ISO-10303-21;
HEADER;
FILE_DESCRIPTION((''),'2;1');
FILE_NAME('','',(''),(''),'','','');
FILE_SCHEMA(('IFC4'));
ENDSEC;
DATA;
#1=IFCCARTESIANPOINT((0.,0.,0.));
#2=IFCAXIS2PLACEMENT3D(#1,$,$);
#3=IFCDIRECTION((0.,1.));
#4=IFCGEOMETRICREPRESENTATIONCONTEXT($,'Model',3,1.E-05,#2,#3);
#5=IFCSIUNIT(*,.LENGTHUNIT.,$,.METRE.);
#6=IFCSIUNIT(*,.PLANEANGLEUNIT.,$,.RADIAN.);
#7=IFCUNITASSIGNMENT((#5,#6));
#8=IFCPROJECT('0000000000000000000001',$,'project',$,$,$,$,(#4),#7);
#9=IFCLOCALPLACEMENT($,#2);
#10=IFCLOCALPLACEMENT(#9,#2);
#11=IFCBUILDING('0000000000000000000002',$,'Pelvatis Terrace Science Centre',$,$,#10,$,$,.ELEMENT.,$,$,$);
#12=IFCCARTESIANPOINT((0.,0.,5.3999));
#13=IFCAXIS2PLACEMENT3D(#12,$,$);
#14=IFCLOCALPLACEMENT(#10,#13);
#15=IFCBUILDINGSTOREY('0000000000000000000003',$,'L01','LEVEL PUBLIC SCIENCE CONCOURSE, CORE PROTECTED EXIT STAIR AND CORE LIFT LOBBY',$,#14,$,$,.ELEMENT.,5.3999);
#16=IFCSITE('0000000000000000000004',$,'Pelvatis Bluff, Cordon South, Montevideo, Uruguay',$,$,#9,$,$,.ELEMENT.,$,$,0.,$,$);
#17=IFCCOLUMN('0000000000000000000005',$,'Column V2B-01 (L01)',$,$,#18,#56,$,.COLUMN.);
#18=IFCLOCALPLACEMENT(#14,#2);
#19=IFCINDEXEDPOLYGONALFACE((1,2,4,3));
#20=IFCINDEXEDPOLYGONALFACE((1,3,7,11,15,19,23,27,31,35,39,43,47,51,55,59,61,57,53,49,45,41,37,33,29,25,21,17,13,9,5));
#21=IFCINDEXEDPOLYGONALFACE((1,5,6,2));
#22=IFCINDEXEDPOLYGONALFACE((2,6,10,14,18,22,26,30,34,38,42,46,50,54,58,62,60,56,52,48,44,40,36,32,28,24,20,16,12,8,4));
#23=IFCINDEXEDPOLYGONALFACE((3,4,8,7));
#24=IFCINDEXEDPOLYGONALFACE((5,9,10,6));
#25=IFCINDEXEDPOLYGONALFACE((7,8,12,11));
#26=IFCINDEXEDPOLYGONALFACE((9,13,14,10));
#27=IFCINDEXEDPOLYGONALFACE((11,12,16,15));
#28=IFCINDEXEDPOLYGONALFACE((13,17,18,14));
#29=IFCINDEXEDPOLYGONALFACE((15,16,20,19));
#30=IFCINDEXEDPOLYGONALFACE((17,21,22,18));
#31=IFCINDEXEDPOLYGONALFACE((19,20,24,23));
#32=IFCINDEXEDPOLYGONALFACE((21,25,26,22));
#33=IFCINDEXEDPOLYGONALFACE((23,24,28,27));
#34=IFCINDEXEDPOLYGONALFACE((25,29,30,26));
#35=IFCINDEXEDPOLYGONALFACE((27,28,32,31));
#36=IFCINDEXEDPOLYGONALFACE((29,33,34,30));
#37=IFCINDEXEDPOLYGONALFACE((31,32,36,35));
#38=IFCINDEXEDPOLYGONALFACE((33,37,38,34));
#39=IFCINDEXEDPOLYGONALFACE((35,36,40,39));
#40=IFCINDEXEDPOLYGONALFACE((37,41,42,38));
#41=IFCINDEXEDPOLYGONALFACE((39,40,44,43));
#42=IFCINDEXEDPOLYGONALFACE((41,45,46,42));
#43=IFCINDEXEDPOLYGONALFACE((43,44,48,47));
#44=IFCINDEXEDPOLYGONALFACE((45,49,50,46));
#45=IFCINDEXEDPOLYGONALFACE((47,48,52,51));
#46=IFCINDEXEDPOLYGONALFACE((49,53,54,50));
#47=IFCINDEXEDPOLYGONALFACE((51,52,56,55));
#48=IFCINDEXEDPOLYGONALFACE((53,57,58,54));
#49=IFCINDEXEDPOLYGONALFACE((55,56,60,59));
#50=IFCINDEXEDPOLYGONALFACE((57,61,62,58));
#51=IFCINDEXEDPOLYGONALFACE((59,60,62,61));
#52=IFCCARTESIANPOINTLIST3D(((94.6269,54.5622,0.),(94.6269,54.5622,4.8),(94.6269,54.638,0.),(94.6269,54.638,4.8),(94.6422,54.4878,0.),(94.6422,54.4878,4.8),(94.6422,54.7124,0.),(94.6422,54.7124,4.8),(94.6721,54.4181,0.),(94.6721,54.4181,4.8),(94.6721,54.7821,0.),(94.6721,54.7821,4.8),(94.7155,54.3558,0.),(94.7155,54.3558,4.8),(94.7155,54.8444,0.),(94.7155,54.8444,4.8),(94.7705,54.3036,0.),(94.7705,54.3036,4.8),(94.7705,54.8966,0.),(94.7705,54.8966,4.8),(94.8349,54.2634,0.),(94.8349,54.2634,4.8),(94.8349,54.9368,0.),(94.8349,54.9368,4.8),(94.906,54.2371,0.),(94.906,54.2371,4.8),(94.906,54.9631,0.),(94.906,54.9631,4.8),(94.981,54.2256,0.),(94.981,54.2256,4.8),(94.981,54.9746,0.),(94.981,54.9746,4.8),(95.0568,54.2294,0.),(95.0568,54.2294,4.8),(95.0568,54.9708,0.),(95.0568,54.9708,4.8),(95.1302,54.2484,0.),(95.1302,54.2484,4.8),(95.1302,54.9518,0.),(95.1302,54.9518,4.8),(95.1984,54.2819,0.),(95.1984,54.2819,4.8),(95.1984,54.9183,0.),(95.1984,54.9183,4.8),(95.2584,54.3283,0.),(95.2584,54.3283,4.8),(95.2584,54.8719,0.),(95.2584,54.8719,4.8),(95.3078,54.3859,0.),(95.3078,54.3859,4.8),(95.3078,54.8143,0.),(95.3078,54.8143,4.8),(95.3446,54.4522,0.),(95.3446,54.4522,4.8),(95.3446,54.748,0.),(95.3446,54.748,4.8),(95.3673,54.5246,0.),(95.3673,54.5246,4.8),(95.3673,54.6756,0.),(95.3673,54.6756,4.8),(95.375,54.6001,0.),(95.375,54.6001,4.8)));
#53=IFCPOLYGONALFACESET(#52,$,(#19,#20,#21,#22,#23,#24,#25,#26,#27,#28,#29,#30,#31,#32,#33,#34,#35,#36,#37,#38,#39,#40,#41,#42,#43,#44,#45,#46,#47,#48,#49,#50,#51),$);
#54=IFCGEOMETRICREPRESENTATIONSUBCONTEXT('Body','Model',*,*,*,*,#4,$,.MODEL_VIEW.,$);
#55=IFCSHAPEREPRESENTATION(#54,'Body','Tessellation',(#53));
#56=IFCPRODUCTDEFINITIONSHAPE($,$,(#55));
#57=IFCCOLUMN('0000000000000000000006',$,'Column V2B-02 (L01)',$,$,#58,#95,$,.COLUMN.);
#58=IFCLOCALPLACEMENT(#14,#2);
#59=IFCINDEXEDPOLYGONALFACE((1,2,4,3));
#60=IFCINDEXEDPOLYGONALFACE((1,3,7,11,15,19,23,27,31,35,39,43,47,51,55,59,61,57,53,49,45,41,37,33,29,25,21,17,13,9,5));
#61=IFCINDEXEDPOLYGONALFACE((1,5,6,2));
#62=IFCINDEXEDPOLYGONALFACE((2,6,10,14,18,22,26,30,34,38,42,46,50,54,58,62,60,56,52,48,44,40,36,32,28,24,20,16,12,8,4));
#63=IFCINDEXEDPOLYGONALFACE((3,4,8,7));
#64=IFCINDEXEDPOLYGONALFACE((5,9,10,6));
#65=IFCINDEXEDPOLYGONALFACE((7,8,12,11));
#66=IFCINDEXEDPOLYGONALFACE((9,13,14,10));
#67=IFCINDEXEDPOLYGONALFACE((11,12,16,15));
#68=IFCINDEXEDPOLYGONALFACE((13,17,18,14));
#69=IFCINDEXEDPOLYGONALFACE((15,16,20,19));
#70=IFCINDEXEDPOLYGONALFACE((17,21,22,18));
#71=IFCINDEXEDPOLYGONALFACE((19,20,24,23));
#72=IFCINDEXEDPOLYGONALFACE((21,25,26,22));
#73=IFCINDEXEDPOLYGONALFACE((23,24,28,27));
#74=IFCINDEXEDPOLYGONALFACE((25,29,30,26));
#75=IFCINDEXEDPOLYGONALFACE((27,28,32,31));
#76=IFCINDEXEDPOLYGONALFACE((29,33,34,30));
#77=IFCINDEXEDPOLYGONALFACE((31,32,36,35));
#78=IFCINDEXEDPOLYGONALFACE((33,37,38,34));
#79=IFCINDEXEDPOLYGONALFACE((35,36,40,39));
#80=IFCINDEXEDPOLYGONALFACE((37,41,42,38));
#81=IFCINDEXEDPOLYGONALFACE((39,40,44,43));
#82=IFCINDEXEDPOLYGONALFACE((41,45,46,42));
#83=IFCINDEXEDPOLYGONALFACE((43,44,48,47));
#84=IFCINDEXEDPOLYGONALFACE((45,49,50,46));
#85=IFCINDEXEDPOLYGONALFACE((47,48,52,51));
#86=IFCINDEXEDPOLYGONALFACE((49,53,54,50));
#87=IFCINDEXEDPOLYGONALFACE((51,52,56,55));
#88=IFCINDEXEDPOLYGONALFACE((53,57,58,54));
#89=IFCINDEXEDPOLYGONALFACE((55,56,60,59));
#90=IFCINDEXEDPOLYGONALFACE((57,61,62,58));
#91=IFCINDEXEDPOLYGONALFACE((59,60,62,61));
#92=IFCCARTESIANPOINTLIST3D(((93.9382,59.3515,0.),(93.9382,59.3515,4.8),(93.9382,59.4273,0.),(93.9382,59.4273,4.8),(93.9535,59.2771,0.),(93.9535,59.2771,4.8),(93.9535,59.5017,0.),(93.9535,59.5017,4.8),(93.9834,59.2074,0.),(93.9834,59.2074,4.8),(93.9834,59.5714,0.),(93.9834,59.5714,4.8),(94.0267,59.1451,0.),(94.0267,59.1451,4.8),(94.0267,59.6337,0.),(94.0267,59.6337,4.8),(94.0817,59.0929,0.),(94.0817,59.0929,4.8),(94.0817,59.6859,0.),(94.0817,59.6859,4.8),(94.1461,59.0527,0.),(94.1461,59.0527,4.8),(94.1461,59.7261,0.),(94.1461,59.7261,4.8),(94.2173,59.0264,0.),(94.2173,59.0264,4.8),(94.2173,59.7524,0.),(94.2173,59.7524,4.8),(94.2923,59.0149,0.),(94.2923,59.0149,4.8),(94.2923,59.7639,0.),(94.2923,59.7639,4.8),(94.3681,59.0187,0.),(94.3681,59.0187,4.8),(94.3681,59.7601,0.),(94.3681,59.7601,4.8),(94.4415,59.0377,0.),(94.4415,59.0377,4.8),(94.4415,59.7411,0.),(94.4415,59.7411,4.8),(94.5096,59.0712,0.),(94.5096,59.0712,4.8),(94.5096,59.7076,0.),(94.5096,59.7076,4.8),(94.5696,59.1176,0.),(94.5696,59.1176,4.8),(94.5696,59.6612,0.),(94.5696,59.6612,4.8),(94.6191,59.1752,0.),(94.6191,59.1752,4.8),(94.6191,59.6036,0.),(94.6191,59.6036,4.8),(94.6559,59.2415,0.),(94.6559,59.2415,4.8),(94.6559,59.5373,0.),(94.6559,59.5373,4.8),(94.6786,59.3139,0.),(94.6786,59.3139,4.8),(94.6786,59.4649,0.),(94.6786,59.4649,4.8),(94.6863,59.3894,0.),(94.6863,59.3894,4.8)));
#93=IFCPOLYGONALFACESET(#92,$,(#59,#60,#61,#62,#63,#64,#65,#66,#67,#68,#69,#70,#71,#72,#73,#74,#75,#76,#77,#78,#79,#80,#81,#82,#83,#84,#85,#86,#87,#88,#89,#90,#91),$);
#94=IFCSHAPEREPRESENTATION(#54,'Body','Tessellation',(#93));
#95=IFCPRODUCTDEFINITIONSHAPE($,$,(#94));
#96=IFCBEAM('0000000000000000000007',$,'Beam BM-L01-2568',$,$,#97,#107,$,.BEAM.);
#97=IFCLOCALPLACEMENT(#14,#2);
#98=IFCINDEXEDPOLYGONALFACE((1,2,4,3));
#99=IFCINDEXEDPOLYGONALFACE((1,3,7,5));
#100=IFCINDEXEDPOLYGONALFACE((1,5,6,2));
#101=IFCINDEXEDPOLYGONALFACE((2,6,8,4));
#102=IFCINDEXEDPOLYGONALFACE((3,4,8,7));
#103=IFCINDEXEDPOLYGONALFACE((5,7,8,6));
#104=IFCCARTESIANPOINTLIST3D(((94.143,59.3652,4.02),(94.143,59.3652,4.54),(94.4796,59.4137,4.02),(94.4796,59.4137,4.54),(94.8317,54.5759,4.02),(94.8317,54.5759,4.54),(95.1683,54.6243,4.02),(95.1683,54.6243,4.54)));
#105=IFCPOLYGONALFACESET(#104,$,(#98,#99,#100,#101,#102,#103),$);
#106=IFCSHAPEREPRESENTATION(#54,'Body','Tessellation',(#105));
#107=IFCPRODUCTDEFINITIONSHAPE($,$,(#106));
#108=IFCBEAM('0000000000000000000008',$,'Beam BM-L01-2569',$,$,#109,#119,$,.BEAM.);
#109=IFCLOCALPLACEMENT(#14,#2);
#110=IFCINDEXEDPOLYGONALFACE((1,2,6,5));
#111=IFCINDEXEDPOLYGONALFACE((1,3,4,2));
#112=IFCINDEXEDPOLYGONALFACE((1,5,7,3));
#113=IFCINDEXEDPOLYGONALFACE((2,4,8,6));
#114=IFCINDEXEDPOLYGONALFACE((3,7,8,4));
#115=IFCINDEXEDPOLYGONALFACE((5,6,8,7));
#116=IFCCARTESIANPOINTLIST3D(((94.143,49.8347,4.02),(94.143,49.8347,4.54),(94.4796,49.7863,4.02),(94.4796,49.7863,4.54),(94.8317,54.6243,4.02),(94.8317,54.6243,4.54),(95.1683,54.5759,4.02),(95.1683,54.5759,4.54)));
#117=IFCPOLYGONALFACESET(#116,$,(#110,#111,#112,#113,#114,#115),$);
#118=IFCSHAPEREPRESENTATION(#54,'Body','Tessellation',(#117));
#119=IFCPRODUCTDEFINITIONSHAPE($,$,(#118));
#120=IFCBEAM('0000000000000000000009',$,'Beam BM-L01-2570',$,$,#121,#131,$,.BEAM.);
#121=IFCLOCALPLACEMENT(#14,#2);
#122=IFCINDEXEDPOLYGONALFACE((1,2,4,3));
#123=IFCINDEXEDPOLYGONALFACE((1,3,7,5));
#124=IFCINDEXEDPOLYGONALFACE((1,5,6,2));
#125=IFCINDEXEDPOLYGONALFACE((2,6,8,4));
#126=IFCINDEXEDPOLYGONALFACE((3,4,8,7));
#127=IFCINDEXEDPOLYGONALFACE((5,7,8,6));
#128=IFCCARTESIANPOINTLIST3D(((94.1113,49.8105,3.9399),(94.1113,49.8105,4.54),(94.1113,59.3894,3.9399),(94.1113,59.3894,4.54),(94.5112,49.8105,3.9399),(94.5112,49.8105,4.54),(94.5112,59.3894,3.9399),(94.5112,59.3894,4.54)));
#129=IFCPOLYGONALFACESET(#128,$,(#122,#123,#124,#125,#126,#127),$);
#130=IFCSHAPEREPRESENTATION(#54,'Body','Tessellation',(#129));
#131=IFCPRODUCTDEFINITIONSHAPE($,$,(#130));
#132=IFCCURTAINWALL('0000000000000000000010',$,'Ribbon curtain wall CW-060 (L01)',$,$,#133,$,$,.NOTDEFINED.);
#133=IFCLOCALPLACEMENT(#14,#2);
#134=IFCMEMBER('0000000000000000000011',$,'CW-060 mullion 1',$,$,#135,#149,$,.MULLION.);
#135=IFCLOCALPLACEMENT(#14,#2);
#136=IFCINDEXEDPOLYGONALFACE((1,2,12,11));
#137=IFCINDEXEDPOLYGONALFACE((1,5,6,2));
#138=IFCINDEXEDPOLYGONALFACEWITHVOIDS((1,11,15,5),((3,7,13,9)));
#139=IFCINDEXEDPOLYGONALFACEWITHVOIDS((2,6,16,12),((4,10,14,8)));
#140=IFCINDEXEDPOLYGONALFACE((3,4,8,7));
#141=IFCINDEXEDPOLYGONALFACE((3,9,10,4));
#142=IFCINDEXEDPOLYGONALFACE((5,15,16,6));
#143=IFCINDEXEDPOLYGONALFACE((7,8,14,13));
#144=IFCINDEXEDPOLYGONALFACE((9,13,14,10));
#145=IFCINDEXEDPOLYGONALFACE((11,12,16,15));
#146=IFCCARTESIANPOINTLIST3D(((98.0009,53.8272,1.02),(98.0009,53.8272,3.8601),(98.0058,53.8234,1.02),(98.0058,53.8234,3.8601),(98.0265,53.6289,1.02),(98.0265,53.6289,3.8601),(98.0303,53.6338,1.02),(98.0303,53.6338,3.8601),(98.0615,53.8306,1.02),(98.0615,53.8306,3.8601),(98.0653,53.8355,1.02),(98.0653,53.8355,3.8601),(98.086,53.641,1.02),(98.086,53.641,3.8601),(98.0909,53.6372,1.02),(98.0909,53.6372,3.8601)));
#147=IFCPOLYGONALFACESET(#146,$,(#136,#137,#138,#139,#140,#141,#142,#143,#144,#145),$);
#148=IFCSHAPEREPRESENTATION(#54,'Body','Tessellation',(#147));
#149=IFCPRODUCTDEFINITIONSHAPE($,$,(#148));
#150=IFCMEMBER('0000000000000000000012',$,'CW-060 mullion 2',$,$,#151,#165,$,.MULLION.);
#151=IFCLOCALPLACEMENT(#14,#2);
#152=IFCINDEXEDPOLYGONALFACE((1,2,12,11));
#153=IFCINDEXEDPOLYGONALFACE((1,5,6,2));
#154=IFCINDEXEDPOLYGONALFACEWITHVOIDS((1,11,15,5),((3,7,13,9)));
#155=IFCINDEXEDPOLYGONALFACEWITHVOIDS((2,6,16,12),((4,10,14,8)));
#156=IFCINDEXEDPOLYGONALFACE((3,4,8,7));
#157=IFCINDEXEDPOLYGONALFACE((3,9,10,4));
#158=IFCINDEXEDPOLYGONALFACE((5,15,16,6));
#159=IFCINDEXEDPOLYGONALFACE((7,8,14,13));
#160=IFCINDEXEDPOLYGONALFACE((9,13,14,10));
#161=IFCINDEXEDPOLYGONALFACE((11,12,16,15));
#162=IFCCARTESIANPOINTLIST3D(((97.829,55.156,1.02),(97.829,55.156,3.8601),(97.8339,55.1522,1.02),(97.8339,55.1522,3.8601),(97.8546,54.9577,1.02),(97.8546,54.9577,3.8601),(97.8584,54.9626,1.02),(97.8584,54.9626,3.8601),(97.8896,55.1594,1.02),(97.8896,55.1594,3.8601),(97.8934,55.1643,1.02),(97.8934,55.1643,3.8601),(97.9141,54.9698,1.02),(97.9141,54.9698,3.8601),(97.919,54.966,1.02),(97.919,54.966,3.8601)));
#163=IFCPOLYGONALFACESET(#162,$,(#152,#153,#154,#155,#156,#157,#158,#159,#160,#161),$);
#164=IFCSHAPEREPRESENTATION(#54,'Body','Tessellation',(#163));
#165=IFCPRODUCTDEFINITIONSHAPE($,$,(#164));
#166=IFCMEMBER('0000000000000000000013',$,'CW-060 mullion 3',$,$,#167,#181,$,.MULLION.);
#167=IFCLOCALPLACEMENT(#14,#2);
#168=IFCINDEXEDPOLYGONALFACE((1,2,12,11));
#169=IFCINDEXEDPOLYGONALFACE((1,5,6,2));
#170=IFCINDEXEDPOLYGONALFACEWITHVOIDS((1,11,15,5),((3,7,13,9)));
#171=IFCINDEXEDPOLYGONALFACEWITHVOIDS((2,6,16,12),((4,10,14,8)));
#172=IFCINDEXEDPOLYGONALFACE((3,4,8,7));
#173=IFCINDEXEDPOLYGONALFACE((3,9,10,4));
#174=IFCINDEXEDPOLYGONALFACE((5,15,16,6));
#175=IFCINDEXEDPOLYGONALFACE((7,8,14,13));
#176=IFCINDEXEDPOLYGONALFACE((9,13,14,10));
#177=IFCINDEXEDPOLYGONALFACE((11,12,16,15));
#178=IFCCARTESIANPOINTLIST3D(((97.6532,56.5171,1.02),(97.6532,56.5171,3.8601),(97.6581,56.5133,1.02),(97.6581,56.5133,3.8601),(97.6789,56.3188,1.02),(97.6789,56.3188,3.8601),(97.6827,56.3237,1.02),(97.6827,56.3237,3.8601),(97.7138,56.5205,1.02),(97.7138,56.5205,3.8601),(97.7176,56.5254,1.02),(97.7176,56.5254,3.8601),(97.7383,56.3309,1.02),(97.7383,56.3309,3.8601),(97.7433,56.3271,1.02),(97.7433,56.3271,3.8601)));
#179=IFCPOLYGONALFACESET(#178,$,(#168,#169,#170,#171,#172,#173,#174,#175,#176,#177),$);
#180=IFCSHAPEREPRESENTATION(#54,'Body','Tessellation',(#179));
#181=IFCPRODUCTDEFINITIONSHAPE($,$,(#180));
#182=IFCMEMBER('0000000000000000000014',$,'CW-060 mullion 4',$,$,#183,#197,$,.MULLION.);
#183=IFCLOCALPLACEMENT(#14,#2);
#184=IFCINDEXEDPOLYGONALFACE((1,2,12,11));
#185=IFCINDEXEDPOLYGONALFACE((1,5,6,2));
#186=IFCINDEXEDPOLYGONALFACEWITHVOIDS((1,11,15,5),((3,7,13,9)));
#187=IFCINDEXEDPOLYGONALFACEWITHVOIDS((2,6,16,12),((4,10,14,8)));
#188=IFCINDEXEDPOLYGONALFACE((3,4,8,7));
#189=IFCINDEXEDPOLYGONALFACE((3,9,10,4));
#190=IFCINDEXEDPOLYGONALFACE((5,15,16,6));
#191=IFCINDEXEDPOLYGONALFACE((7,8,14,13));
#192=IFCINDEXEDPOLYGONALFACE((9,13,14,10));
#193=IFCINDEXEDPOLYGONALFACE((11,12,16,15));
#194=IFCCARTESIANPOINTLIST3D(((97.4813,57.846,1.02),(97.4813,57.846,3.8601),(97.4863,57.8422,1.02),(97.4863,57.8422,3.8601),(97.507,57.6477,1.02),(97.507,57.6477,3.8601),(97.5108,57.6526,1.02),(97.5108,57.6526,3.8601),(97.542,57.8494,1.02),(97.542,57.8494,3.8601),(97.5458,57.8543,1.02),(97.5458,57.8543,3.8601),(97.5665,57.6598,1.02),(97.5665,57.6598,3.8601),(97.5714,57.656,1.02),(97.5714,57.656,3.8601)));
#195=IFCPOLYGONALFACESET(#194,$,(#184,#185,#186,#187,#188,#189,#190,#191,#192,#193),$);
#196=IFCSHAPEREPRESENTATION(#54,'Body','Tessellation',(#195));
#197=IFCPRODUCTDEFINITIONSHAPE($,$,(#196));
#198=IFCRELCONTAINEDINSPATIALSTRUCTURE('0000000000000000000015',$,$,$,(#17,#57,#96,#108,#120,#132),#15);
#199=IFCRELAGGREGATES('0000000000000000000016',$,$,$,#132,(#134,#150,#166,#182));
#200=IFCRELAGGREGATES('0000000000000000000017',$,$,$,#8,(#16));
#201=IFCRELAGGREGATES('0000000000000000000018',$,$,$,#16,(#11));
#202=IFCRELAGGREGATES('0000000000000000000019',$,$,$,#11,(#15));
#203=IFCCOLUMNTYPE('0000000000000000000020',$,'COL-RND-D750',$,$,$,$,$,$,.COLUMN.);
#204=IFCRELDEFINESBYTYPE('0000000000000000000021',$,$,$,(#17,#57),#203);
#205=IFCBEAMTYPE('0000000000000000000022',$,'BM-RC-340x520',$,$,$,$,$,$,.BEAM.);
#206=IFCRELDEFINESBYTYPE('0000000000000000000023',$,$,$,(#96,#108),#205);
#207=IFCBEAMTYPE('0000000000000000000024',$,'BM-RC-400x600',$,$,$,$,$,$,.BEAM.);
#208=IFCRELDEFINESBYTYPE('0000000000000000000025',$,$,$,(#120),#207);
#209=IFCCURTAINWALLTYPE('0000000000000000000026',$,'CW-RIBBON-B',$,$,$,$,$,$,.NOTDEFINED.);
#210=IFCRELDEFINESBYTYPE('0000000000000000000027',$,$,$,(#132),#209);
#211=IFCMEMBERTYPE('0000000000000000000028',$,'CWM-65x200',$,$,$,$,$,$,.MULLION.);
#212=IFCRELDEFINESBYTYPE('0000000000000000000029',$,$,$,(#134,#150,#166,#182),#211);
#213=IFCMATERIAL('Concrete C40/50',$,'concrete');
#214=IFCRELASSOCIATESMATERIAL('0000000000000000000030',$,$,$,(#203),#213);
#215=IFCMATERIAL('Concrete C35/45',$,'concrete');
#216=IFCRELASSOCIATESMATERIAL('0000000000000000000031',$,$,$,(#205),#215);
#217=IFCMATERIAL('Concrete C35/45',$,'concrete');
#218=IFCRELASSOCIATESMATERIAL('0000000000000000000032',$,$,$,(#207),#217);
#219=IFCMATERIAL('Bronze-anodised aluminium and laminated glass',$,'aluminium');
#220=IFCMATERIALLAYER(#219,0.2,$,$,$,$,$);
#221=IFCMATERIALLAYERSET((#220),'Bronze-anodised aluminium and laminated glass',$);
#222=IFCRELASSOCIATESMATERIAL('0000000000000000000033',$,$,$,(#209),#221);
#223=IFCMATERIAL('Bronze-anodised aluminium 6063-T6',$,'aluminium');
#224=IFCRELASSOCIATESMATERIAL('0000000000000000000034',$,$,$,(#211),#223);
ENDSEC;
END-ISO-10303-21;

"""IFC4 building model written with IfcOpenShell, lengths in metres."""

from ifc_helpers import new_model, si_unit, direction, frame, origin, origin_2d, place, context, subcontext, project, spatial, rectangle, hollow_rectangle, circle, extrude, material, layer, layer_set, material_profile, profile_set, type_object, element, aggregate, save


model = new_model("IFC4")

# Units and contexts
model_context = context("Model", 3, precision=1e-05, world=origin(), true_north=direction((0.0, 1.0)))
body_context = subcontext(model_context, "Body", "Model", "MODEL_VIEW")
ifc_project = project(units=[si_unit("LENGTHUNIT", "METRE"), si_unit("PLANEANGLEUNIT", "RADIAN")], contexts=[model_context])

# Site, building, storey
site_placement = place(None, origin())
site = spatial("IfcSite", under=ifc_project, at=site_placement, Name="Pelvatis Bluff, Cordon South, Montevideo, Uruguay", CompositionType="ELEMENT", RefElevation=0.0)
building_placement = place(site_placement, origin())
building = spatial("IfcBuilding", under=site, at=building_placement, Name="Pelvatis Terrace Science Centre", CompositionType="ELEMENT")
storey_placement = place(building_placement, frame((0.0, 0.0, 5.3999)))
storey = spatial("IfcBuildingStorey", under=building, at=storey_placement, Name="L01", Description="LEVEL PUBLIC SCIENCE CONCOURSE, CORE PROTECTED EXIT STAIR AND CORE LIFT LOBBY", CompositionType="ELEMENT", Elevation=5.3999)

# Columns
ifc_material_1 = material(Name="Concrete C40/50", Category="concrete")
ifc_material_profile_1 = material_profile(ifc_material_1, circle(Radius=0.375, at=origin_2d()), Name="RC-RCOL D750")
ifc_profile_set_1 = profile_set([ifc_material_profile_1], Name="Concrete C40/50")
column_type = type_object("IfcColumnType", Name="COL-RND-D750", PredefinedType="COLUMN", material=ifc_profile_set_1)
for number, where, z_axis, x_axis, name in (
    (1, (95.0, 54.6001, 0.0), (0.0, 0.0, 1.0), (1.0, 0.0, 0.0), "Column V2B-01 (L01)"),
    (2, (94.3113, 59.3894, 0.0), (0.0, 0.0, 1.0), (1.0, 0.0, 0.0), "Column V2B-02 (L01)"),
):
    element("IfcColumn", number, at=place(storey_placement, frame(where, z_axis=z_axis, x_axis=x_axis)), inside=storey, type_object=column_type, Name=name, PredefinedType="COLUMN", context=body_context, shape_type="SweptSolid", body=[
        extrude(circle(Radius=0.375, at=origin_2d()), origin(), (0.0, 0.0, 1.0), 4.8),
    ])

# Beams
ifc_material_2 = material(Name="Concrete C35/45", Category="concrete")
ifc_material_profile_2 = material_profile(ifc_material_2, rectangle(XDim=0.3401, YDim=0.52, at=origin_2d()), Name="RC-BM 340x520")
ifc_profile_set_2 = profile_set([ifc_material_profile_2], Name="Concrete C35/45")
beam_type_1 = type_object("IfcBeamType", Name="BM-RC-340x520", PredefinedType="BEAM", material=ifc_profile_set_2)
beam_1_placement = place(storey_placement, frame((95.0, 54.6001, 4.28), z_axis=(-0.14234, 0.989818, 0.0), x_axis=(-0.989818, -0.14234, 0.0)))
element("IfcBeam", 3, at=beam_1_placement, inside=storey, type_object=beam_type_1, Name="Beam BM-L01-2568", PredefinedType="BEAM", context=body_context, shape_type="SweptSolid", body=[
    extrude(rectangle(XDim=0.3401, YDim=0.52, at=origin_2d()), origin(), (0.0, 0.0, 1.0), 4.8386),
])
beam_2_placement = place(storey_placement, frame((95.0, 54.6001, 4.28), z_axis=(-0.142333, -0.989819, 0.0), x_axis=(0.989819, -0.142333, 0.0)))
element("IfcBeam", 4, at=beam_2_placement, inside=storey, type_object=beam_type_1, Name="Beam BM-L01-2569", PredefinedType="BEAM", context=body_context, shape_type="SweptSolid", body=[
    extrude(rectangle(XDim=0.3401, YDim=0.52, at=origin_2d()), origin(), (0.0, 0.0, 1.0), 4.8389),
])
ifc_material_3 = material(Name="Concrete C35/45", Category="concrete")
ifc_material_profile_3 = material_profile(ifc_material_3, rectangle(XDim=0.3999, YDim=0.6001, at=origin_2d()), Name="RC-BM 400x600")
ifc_profile_set_3 = profile_set([ifc_material_profile_3], Name="Concrete C35/45")
beam_type_2 = type_object("IfcBeamType", Name="BM-RC-400x600", PredefinedType="BEAM", material=ifc_profile_set_3)
beam_3_placement = place(storey_placement, frame((94.3113, 59.3894, 4.24), z_axis=(0.0, -1.0, 0.0), x_axis=(1.0, 0.0, 0.0)))
element("IfcBeam", 5, at=beam_3_placement, inside=storey, type_object=beam_type_2, Name="Beam BM-L01-2570", PredefinedType="BEAM", context=body_context, shape_type="SweptSolid", body=[
    extrude(rectangle(XDim=0.3999, YDim=0.6001, at=origin_2d()), origin(), (0.0, 0.0, 1.0), 9.5789),
])

# Curtain wall, members
ifc_material_4 = material(Name="Bronze-anodised aluminium and laminated glass", Category="aluminium")
ifc_layer_1 = layer(ifc_material_4, 0.2)
ifc_layer_set_1 = layer_set([ifc_layer_1], Name="Bronze-anodised aluminium and laminated glass")
curtain_wall_type = type_object("IfcCurtainWallType", Name="CW-RIBBON-B", PredefinedType="NOTDEFINED", material=ifc_layer_set_1)
curtain_wall_1_placement = place(storey_placement, origin())
curtain_wall_1 = element("IfcCurtainWall", 6, at=curtain_wall_1_placement, inside=storey, type_object=curtain_wall_type, Name="Ribbon curtain wall CW-060 (L01)", PredefinedType="NOTDEFINED")
ifc_material_5 = material(Name="Bronze-anodised aluminium 6063-T6", Category="aluminium")
ifc_material_profile_4 = material_profile(ifc_material_5, hollow_rectangle(XDim=0.0649, YDim=0.2, WallThickness=0.0044, at=origin_2d()), Name="ALU-MUL 65x200")
ifc_profile_set_4 = profile_set([ifc_material_profile_4], Name="Bronze-anodised aluminium 6063-T6")
member_type_1 = type_object("IfcMemberType", Name="CWM-65x200", PredefinedType="MULLION", material=ifc_profile_set_4)
member_1_placement = place(storey_placement, frame((98.0459, 53.7322, 1.02), z_axis=(0.0, 0.0, 1.0), x_axis=(-0.991749, -0.128192, 0.0)))
member_1 = element("IfcMember", 7, at=member_1_placement, type_object=member_type_1, Name="CW-060 mullion 1", PredefinedType="MULLION", context=body_context, shape_type="SweptSolid", body=[
    extrude(hollow_rectangle(XDim=0.0649, YDim=0.2, WallThickness=0.0044, at=origin_2d()), origin(), (0.0, 0.0, 1.0), 2.8401),
])
member_2_placement = place(storey_placement, frame((97.874, 55.061, 1.02), z_axis=(0.0, 0.0, 1.0), x_axis=(-0.991749, -0.128192, 0.0)))
member_2 = element("IfcMember", 8, at=member_2_placement, type_object=member_type_1, Name="CW-060 mullion 2", PredefinedType="MULLION", context=body_context, shape_type="SweptSolid", body=[
    extrude(hollow_rectangle(XDim=0.0649, YDim=0.2, WallThickness=0.0044, at=origin_2d()), origin(), (0.0, 0.0, 1.0), 2.8401),
])
member_3_placement = place(storey_placement, frame((97.6982, 56.4221, 1.02), z_axis=(0.0, 0.0, 1.0), x_axis=(-0.991749, -0.128192, 0.0)))
member_3 = element("IfcMember", 9, at=member_3_placement, type_object=member_type_1, Name="CW-060 mullion 3", PredefinedType="MULLION", context=body_context, shape_type="SweptSolid", body=[
    extrude(hollow_rectangle(XDim=0.0649, YDim=0.2, WallThickness=0.0044, at=origin_2d()), origin(), (0.0, 0.0, 1.0), 2.8401),
])
member_4_placement = place(storey_placement, frame((97.5264, 57.751, 1.02), z_axis=(0.0, 0.0, 1.0), x_axis=(-0.991749, -0.128192, 0.0)))
member_4 = element("IfcMember", 10, at=member_4_placement, type_object=member_type_1, Name="CW-060 mullion 4", PredefinedType="MULLION", context=body_context, shape_type="SweptSolid", body=[
    extrude(hollow_rectangle(XDim=0.0649, YDim=0.2, WallThickness=0.0044, at=origin_2d()), origin(), (0.0, 0.0, 1.0), 2.8401),
])

aggregate(curtain_wall_1, [member_1, member_2, member_3, member_4])

save(model, "model.ifc")
